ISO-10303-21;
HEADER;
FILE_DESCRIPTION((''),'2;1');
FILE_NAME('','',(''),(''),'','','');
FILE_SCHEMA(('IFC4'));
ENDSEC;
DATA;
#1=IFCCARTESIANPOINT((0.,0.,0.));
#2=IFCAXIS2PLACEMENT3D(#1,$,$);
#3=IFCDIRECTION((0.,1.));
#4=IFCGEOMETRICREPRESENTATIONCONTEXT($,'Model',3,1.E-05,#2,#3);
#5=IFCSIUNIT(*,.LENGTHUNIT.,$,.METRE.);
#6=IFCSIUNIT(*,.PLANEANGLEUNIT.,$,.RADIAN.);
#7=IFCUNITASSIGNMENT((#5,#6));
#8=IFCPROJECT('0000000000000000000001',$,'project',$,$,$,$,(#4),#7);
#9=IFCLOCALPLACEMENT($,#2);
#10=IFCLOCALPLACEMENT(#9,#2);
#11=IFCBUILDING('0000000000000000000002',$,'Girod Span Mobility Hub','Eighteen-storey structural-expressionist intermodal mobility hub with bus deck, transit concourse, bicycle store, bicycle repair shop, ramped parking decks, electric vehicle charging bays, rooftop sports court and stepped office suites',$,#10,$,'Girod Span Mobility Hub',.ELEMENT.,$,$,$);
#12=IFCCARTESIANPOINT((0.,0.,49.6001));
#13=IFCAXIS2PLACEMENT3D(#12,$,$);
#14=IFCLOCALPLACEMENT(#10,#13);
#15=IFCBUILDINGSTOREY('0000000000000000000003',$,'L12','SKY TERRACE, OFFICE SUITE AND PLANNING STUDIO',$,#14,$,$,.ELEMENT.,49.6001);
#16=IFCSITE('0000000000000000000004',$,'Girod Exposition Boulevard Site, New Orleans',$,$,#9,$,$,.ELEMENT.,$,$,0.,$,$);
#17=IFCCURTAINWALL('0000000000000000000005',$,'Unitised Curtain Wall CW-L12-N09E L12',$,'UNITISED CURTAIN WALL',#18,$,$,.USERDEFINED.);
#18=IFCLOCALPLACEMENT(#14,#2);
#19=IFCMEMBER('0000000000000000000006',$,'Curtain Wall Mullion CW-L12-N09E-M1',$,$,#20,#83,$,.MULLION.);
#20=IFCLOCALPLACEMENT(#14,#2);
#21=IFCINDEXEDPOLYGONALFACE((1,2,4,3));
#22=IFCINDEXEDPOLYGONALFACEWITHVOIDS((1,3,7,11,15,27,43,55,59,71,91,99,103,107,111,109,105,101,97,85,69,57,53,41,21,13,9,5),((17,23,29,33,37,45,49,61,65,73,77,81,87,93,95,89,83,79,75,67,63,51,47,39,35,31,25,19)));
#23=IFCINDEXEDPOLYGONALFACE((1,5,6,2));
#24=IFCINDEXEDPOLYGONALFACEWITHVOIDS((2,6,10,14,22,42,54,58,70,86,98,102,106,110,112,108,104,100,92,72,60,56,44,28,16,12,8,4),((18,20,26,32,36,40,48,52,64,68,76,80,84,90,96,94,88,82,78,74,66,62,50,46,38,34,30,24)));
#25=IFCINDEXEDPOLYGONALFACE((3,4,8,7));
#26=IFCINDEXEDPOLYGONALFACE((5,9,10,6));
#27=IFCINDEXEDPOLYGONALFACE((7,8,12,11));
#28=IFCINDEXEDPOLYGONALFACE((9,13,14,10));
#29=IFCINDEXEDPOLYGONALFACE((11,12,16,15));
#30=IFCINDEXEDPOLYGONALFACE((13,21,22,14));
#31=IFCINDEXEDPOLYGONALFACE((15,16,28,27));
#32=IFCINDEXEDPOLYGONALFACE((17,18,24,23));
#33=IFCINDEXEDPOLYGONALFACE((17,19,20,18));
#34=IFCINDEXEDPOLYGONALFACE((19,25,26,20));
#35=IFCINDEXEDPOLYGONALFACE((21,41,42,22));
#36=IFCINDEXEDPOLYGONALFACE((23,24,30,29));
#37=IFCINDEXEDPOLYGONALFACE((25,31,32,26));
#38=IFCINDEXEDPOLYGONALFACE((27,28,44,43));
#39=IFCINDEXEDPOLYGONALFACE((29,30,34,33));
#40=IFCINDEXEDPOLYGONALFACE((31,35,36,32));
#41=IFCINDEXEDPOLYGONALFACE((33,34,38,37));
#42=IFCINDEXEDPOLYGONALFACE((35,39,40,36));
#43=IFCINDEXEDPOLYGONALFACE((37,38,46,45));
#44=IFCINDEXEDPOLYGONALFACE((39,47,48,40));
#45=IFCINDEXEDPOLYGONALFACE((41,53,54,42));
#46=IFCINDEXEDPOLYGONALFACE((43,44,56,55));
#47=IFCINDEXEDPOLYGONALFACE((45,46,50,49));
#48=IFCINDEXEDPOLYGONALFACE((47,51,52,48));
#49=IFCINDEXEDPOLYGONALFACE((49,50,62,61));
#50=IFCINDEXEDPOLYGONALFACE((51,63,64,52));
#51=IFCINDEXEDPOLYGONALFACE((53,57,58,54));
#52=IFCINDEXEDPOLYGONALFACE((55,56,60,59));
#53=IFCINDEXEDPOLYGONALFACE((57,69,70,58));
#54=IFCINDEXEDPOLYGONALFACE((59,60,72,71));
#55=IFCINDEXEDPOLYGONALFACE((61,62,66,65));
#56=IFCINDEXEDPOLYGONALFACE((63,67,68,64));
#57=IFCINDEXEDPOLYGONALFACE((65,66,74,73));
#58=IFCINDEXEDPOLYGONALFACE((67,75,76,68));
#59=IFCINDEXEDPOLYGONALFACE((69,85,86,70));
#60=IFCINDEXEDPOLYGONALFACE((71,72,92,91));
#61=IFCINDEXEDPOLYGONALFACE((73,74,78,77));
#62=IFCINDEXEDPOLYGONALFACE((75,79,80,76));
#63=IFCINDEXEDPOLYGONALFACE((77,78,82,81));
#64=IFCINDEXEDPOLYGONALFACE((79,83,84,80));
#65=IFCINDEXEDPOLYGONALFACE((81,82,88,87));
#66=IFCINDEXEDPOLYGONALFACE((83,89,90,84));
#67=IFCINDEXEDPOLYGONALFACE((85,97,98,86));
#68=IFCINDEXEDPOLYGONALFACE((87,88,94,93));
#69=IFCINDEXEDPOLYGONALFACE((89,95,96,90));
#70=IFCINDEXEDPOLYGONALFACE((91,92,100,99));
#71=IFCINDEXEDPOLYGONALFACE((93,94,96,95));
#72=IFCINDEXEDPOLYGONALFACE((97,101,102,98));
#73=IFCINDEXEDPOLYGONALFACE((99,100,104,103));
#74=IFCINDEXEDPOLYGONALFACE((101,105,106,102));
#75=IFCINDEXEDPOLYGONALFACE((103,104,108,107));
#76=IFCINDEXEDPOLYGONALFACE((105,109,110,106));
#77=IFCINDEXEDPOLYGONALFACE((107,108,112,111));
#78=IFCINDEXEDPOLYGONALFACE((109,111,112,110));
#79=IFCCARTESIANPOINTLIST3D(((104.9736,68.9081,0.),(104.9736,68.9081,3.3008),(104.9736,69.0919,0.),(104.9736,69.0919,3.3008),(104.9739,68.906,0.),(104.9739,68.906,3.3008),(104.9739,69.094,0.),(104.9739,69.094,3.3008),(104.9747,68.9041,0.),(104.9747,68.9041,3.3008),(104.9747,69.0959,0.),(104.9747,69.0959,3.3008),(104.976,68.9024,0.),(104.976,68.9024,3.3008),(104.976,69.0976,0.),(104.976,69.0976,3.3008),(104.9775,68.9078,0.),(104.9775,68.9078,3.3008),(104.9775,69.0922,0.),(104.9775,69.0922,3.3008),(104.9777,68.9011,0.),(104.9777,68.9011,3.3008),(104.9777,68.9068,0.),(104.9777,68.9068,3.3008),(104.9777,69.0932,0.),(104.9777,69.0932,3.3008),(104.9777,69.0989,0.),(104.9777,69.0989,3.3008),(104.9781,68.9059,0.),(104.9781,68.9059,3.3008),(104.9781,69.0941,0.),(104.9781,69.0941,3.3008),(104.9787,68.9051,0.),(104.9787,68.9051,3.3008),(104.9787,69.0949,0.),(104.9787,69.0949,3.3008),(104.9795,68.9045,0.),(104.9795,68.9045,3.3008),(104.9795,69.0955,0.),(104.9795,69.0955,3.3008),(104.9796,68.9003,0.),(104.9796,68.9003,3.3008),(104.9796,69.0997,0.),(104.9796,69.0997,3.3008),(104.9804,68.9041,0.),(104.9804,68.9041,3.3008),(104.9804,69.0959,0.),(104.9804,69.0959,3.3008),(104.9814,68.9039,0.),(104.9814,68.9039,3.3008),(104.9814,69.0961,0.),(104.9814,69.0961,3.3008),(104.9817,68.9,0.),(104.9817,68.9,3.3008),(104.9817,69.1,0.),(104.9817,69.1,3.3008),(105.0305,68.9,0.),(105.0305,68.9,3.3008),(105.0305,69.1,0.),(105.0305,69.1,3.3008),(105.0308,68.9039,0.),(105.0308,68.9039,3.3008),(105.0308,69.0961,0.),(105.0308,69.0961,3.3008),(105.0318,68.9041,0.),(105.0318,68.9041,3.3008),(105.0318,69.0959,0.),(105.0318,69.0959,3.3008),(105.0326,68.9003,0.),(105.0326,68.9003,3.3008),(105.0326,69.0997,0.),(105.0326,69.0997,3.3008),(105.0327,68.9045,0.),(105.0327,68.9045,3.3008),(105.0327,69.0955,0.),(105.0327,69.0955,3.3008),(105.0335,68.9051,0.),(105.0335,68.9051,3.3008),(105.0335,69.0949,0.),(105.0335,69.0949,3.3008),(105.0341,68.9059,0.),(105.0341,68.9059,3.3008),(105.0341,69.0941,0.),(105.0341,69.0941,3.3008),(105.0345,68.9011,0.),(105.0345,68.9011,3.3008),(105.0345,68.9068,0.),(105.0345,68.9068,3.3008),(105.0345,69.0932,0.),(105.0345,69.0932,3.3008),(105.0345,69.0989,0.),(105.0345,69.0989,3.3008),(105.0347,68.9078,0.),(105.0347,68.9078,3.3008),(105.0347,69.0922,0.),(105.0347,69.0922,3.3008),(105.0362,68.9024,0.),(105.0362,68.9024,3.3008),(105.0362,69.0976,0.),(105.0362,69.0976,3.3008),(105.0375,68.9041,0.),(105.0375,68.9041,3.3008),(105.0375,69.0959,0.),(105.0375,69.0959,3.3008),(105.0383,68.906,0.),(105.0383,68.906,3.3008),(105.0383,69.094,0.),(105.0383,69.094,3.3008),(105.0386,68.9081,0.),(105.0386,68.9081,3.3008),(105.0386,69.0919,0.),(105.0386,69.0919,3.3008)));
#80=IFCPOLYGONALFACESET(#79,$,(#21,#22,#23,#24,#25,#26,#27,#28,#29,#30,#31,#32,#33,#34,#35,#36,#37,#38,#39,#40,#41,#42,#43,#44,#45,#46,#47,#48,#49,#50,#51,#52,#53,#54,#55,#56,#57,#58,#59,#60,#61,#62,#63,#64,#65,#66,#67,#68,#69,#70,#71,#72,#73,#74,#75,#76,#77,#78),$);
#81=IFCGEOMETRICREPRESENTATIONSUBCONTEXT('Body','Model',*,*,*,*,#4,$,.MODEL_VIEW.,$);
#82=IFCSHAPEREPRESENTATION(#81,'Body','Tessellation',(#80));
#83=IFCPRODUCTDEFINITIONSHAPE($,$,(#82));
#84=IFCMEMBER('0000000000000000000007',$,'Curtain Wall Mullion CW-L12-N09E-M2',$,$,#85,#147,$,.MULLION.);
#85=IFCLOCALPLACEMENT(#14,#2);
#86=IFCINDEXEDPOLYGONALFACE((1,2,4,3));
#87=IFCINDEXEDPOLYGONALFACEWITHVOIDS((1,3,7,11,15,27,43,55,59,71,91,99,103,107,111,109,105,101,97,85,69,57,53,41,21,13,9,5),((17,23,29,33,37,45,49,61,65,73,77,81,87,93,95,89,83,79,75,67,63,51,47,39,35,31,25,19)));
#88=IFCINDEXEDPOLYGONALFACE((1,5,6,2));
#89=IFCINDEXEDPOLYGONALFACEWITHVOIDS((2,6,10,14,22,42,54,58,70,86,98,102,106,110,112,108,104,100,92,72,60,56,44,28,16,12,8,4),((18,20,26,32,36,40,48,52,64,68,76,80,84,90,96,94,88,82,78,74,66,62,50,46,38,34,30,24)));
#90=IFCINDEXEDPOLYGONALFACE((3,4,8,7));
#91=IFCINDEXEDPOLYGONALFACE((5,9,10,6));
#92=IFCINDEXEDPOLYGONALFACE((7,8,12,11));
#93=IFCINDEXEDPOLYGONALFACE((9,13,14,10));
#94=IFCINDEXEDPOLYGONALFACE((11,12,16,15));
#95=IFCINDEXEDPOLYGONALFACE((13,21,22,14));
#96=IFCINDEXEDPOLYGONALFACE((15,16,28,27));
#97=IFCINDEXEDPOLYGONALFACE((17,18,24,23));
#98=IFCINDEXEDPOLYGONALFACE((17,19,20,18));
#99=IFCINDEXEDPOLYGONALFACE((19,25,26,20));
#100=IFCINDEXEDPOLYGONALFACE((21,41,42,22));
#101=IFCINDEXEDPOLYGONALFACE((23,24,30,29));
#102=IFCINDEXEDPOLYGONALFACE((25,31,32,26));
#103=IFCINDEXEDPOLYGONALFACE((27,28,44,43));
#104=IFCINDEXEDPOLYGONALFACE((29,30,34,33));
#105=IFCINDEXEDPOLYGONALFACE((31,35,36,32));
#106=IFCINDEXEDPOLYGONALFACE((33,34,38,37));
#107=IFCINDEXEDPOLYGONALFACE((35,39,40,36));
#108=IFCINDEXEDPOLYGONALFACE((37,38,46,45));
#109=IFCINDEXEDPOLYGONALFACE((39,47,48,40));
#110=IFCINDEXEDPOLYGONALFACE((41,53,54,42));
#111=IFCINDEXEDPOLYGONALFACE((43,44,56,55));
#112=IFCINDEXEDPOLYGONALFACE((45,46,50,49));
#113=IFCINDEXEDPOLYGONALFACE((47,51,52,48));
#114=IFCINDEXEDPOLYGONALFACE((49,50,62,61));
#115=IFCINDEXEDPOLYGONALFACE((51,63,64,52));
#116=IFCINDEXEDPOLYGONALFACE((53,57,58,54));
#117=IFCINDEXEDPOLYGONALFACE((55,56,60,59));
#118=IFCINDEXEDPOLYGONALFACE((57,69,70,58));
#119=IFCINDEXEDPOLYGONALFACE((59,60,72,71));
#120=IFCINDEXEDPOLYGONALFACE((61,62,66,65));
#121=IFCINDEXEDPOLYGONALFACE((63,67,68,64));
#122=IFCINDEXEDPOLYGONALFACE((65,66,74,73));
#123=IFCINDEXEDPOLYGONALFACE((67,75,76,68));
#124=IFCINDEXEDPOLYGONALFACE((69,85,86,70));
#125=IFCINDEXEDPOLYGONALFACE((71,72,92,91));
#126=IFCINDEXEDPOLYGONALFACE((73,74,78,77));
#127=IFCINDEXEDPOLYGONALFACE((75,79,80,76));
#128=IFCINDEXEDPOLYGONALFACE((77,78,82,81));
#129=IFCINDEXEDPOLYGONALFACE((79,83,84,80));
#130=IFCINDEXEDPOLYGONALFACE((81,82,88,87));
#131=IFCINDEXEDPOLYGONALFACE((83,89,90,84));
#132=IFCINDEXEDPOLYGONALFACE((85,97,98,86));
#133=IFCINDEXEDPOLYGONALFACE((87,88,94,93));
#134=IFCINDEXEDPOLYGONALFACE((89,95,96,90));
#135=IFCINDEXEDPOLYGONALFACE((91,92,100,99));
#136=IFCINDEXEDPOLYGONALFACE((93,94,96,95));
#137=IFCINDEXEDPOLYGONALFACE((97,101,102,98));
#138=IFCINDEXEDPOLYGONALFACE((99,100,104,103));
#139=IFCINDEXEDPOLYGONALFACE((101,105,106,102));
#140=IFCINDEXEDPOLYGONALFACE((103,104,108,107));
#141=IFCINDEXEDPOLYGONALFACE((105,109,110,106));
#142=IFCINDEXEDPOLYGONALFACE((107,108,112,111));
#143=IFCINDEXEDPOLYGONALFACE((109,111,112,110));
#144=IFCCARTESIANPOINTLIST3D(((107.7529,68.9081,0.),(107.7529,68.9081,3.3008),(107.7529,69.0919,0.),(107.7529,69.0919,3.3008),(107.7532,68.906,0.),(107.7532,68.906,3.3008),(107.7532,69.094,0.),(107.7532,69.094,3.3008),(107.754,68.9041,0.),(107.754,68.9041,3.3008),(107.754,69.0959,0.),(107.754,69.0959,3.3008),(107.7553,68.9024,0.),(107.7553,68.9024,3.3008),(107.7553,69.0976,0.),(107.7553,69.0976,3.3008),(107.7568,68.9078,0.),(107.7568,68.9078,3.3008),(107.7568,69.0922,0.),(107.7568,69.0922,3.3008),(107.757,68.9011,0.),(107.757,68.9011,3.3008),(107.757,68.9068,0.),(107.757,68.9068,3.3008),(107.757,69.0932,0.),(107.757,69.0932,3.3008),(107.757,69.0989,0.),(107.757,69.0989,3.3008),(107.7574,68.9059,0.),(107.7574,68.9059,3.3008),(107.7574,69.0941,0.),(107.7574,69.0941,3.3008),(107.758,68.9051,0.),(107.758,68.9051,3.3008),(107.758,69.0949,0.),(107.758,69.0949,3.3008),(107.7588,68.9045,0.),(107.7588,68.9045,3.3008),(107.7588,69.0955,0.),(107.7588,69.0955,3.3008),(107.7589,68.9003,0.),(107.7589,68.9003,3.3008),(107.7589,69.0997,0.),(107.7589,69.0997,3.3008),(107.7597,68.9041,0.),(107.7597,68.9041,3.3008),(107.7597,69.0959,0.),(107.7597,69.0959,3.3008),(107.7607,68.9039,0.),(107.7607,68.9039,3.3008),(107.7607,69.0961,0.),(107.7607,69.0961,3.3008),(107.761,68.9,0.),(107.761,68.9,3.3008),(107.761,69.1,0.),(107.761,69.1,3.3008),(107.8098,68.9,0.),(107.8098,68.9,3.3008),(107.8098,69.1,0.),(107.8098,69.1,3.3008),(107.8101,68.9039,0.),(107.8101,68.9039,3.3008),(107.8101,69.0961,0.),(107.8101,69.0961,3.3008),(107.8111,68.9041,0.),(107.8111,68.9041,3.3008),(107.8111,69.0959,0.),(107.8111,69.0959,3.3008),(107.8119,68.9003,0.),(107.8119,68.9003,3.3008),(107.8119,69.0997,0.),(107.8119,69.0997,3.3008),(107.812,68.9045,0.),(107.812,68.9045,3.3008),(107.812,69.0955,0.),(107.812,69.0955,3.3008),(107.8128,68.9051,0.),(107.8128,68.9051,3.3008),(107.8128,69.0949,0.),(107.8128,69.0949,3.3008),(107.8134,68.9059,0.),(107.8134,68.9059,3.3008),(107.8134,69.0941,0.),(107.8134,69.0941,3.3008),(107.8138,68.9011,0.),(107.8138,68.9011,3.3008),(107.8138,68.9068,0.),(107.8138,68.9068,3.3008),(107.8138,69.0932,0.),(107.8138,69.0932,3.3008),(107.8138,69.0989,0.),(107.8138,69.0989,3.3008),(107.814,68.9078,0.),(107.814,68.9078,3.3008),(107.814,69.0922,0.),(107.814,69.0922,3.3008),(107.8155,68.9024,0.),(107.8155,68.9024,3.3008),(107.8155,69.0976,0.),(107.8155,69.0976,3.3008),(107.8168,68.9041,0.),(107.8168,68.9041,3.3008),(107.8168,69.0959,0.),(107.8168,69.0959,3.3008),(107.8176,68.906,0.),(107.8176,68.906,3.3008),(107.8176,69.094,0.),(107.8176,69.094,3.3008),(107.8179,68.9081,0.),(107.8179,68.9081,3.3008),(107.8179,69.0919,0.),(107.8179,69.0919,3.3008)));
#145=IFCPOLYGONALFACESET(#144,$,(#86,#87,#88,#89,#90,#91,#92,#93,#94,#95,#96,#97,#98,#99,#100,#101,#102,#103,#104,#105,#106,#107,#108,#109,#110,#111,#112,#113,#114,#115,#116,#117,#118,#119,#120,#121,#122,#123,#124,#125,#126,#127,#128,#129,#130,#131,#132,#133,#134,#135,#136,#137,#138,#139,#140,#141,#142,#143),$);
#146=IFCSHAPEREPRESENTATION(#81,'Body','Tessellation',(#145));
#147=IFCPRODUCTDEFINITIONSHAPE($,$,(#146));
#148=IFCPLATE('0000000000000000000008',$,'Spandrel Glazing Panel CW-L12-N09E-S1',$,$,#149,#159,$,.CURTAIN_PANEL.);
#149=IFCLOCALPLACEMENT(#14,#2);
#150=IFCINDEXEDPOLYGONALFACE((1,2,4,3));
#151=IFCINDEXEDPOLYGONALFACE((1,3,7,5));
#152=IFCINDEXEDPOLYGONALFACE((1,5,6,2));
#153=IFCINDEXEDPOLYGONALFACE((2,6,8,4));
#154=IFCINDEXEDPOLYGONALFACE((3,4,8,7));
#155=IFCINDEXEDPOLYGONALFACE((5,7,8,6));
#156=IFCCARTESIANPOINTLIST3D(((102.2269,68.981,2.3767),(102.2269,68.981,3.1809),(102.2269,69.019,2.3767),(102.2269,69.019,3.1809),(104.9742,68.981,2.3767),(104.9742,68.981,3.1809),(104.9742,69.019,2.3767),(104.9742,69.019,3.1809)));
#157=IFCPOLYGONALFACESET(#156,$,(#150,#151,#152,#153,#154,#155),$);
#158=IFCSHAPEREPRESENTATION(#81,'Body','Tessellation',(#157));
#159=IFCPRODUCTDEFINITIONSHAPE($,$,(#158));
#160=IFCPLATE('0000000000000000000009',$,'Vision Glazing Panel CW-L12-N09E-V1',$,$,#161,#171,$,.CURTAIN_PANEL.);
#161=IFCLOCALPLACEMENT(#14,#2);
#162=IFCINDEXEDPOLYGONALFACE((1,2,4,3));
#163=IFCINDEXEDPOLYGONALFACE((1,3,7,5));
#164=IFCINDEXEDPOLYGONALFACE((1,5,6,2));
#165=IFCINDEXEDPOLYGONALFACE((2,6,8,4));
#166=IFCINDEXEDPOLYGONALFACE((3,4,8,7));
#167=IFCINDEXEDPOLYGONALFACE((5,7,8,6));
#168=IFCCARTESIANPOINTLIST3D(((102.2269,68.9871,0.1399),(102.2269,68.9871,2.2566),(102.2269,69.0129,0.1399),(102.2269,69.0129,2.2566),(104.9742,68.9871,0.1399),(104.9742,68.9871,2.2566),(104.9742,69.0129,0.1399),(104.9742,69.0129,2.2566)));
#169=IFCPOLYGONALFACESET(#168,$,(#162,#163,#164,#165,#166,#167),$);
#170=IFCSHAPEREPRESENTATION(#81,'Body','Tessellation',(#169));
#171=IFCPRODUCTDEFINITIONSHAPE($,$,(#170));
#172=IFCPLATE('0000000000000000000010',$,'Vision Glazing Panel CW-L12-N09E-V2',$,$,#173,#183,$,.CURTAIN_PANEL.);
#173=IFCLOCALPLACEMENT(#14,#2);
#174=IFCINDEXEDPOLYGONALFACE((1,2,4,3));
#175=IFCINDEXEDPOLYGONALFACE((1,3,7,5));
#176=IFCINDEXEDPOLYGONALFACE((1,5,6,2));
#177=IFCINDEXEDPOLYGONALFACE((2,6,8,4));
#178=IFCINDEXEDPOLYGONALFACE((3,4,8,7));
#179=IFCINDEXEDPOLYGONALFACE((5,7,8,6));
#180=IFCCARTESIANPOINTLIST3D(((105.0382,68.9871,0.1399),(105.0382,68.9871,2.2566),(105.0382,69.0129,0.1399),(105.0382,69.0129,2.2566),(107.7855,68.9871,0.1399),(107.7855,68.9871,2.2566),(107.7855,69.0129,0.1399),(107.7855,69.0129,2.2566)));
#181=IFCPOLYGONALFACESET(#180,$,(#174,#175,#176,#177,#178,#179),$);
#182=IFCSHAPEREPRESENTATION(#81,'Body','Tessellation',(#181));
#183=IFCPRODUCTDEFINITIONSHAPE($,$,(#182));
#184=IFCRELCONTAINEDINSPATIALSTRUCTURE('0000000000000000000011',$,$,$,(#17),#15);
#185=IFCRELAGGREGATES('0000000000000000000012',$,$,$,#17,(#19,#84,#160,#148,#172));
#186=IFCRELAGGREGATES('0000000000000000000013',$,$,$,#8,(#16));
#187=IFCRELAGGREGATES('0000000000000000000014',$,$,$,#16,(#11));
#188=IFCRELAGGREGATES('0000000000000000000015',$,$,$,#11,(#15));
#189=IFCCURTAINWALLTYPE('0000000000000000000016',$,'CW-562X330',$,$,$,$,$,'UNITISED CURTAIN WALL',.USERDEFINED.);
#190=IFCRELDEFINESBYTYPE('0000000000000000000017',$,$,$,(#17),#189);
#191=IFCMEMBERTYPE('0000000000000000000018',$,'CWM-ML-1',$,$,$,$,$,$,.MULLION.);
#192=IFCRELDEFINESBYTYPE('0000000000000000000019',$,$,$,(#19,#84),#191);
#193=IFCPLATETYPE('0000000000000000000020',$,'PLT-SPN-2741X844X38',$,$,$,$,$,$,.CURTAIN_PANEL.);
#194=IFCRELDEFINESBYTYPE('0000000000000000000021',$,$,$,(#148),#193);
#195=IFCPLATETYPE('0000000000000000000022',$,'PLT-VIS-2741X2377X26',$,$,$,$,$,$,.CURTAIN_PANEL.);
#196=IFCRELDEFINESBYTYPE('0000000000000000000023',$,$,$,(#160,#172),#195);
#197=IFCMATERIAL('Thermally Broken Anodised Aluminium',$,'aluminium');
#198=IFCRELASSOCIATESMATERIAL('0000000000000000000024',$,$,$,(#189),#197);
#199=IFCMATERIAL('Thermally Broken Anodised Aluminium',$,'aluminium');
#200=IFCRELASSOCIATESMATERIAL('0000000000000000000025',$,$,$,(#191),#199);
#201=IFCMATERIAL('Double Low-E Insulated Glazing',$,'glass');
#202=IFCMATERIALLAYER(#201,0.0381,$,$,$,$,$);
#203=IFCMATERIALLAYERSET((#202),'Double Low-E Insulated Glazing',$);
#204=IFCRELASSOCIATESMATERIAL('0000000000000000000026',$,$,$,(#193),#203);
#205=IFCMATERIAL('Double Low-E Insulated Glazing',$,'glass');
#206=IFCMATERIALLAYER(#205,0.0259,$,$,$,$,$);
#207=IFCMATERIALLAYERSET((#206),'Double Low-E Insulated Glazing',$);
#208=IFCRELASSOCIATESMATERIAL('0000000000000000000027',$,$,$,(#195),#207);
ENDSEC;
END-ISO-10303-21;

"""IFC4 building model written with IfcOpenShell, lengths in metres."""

from ifc_helpers import new_model, si_unit, direction, frame, origin, origin_2d, place, context, subcontext, project, spatial, rectangle, hollow_rectangle, extrude, material, layer, layer_set, material_profile, profile_set, type_object, element, aggregate, save


model = new_model("IFC4")

# Units and contexts
model_context = context("Model", 3, precision=1e-05, world=origin(), true_north=direction((0.0, 1.0)))
body_context = subcontext(model_context, "Body", "Model", "MODEL_VIEW")
ifc_project = project(units=[si_unit("LENGTHUNIT", "METRE"), si_unit("PLANEANGLEUNIT", "RADIAN")], contexts=[model_context])

# Site, building, storey
site_placement = place(None, origin())
site = spatial("IfcSite", under=ifc_project, at=site_placement, Name="Girod Exposition Boulevard Site, New Orleans", CompositionType="ELEMENT", RefElevation=0.0)
building_placement = place(site_placement, origin())
building = spatial("IfcBuilding", under=site, at=building_placement, Name="Girod Span Mobility Hub", Description="Eighteen-storey structural-expressionist intermodal mobility hub with bus deck, transit concourse, bicycle store, bicycle repair shop, ramped parking decks, electric vehicle charging bays, rooftop sports court and stepped office suites", LongName="Girod Span Mobility Hub", CompositionType="ELEMENT")
storey_placement = place(building_placement, frame((0.0, 0.0, 49.6001)))
storey = spatial("IfcBuildingStorey", under=building, at=storey_placement, Name="L12", Description="SKY TERRACE, OFFICE SUITE AND PLANNING STUDIO", CompositionType="ELEMENT", Elevation=49.6001)

# Curtain wall, members, plates
ifc_material_1 = material(Name="Thermally Broken Anodised Aluminium", Category="aluminium")
curtain_wall_type = type_object("IfcCurtainWallType", Name="CW-562X330", ElementType="UNITISED CURTAIN WALL", PredefinedType="USERDEFINED", material=ifc_material_1)
curtain_wall_placement = place(storey_placement, origin())
curtain_wall = element("IfcCurtainWall", 1, at=curtain_wall_placement, inside=storey, type_object=curtain_wall_type, Name="Unitised Curtain Wall CW-L12-N09E L12", ObjectType="UNITISED CURTAIN WALL", PredefinedType="USERDEFINED")
ifc_material_2 = material(Name="Thermally Broken Anodised Aluminium", Category="aluminium")
ifc_material_profile_1 = material_profile(ifc_material_2, hollow_rectangle(XDim=0.2, YDim=0.0649, WallThickness=0.0039, InnerFilletRadius=0.0039, OuterFilletRadius=0.0081, at=origin_2d()), Name="CW-ML-65X200")
ifc_profile_set_1 = profile_set([ifc_material_profile_1], Name="Thermally Broken Anodised Aluminium")
member_type = type_object("IfcMemberType", Name="CWM-ML-1", PredefinedType="MULLION", material=ifc_profile_set_1)
member_1_placement = place(storey_placement, frame((105.0061, 69.0, 0.0), z_axis=(0.0, 0.0, 1.0), x_axis=(0.0, 1.0, 0.0)))
member_1 = element("IfcMember", 2, at=member_1_placement, type_object=member_type, Name="Curtain Wall Mullion CW-L12-N09E-M1", PredefinedType="MULLION", context=body_context, shape_type="SweptSolid", body=[
    extrude(hollow_rectangle(XDim=0.2, YDim=0.0649, WallThickness=0.0039, InnerFilletRadius=0.0039, OuterFilletRadius=0.0081, at=origin_2d()), origin(), (0.0, 0.0, 1.0), 3.3008),
])
member_2_placement = place(storey_placement, frame((107.7854, 69.0, 0.0), z_axis=(0.0, 0.0, 1.0), x_axis=(0.0, 1.0, 0.0)))
member_2 = element("IfcMember", 3, at=member_2_placement, type_object=member_type, Name="Curtain Wall Mullion CW-L12-N09E-M2", PredefinedType="MULLION", context=body_context, shape_type="SweptSolid", body=[
    extrude(hollow_rectangle(XDim=0.2, YDim=0.0649, WallThickness=0.0039, InnerFilletRadius=0.0039, OuterFilletRadius=0.0081, at=origin_2d()), origin(), (0.0, 0.0, 1.0), 3.3008),
])
ifc_material_3 = material(Name="Double Low-E Insulated Glazing", Category="glass")
ifc_layer_1 = layer(ifc_material_3, 0.0381)
ifc_layer_set_1 = layer_set([ifc_layer_1], Name="Double Low-E Insulated Glazing")
plate_type_1 = type_object("IfcPlateType", Name="PLT-SPN-2741X844X38", PredefinedType="CURTAIN_PANEL", material=ifc_layer_set_1)
plate_1_placement = place(storey_placement, frame((103.6006, 69.0, 2.3767), z_axis=(0.0, 0.0, 1.0), x_axis=(1.0, 0.0, 0.0)))
plate_1 = element("IfcPlate", 4, at=plate_1_placement, type_object=plate_type_1, Name="Spandrel Glazing Panel CW-L12-N09E-S1", PredefinedType="CURTAIN_PANEL", context=body_context, shape_type="SweptSolid", body=[
    extrude(rectangle(XDim=2.7473, YDim=0.0381, at=origin_2d()), origin(), (0.0, 0.0, 1.0), 0.8042),
])
ifc_material_4 = material(Name="Double Low-E Insulated Glazing", Category="glass")
ifc_layer_2 = layer(ifc_material_4, 0.0259)
ifc_layer_set_2 = layer_set([ifc_layer_2], Name="Double Low-E Insulated Glazing")
plate_type_2 = type_object("IfcPlateType", Name="PLT-VIS-2741X2377X26", PredefinedType="CURTAIN_PANEL", material=ifc_layer_set_2)
plate_2_placement = place(storey_placement, frame((103.6006, 69.0, 0.1399), z_axis=(0.0, 0.0, 1.0), x_axis=(1.0, 0.0, 0.0)))
plate_2 = element("IfcPlate", 5, at=plate_2_placement, type_object=plate_type_2, Name="Vision Glazing Panel CW-L12-N09E-V1", PredefinedType="CURTAIN_PANEL", context=body_context, shape_type="SweptSolid", body=[
    extrude(rectangle(XDim=2.7473, YDim=0.0259, at=origin_2d()), origin(), (0.0, 0.0, 1.0), 2.1167),
])
plate_3_placement = place(storey_placement, frame((106.4119, 69.0, 0.1399), z_axis=(0.0, 0.0, 1.0), x_axis=(1.0, 0.0, 0.0)))
plate_3 = element("IfcPlate", 6, at=plate_3_placement, type_object=plate_type_2, Name="Vision Glazing Panel CW-L12-N09E-V2", PredefinedType="CURTAIN_PANEL", context=body_context, shape_type="SweptSolid", body=[
    extrude(rectangle(XDim=2.7473, YDim=0.0259, at=origin_2d()), origin(), (0.0, 0.0, 1.0), 2.1167),
])
aggregate(curtain_wall, [member_1, member_2, plate_2, plate_1, plate_3])

save(model, "model.ifc")
